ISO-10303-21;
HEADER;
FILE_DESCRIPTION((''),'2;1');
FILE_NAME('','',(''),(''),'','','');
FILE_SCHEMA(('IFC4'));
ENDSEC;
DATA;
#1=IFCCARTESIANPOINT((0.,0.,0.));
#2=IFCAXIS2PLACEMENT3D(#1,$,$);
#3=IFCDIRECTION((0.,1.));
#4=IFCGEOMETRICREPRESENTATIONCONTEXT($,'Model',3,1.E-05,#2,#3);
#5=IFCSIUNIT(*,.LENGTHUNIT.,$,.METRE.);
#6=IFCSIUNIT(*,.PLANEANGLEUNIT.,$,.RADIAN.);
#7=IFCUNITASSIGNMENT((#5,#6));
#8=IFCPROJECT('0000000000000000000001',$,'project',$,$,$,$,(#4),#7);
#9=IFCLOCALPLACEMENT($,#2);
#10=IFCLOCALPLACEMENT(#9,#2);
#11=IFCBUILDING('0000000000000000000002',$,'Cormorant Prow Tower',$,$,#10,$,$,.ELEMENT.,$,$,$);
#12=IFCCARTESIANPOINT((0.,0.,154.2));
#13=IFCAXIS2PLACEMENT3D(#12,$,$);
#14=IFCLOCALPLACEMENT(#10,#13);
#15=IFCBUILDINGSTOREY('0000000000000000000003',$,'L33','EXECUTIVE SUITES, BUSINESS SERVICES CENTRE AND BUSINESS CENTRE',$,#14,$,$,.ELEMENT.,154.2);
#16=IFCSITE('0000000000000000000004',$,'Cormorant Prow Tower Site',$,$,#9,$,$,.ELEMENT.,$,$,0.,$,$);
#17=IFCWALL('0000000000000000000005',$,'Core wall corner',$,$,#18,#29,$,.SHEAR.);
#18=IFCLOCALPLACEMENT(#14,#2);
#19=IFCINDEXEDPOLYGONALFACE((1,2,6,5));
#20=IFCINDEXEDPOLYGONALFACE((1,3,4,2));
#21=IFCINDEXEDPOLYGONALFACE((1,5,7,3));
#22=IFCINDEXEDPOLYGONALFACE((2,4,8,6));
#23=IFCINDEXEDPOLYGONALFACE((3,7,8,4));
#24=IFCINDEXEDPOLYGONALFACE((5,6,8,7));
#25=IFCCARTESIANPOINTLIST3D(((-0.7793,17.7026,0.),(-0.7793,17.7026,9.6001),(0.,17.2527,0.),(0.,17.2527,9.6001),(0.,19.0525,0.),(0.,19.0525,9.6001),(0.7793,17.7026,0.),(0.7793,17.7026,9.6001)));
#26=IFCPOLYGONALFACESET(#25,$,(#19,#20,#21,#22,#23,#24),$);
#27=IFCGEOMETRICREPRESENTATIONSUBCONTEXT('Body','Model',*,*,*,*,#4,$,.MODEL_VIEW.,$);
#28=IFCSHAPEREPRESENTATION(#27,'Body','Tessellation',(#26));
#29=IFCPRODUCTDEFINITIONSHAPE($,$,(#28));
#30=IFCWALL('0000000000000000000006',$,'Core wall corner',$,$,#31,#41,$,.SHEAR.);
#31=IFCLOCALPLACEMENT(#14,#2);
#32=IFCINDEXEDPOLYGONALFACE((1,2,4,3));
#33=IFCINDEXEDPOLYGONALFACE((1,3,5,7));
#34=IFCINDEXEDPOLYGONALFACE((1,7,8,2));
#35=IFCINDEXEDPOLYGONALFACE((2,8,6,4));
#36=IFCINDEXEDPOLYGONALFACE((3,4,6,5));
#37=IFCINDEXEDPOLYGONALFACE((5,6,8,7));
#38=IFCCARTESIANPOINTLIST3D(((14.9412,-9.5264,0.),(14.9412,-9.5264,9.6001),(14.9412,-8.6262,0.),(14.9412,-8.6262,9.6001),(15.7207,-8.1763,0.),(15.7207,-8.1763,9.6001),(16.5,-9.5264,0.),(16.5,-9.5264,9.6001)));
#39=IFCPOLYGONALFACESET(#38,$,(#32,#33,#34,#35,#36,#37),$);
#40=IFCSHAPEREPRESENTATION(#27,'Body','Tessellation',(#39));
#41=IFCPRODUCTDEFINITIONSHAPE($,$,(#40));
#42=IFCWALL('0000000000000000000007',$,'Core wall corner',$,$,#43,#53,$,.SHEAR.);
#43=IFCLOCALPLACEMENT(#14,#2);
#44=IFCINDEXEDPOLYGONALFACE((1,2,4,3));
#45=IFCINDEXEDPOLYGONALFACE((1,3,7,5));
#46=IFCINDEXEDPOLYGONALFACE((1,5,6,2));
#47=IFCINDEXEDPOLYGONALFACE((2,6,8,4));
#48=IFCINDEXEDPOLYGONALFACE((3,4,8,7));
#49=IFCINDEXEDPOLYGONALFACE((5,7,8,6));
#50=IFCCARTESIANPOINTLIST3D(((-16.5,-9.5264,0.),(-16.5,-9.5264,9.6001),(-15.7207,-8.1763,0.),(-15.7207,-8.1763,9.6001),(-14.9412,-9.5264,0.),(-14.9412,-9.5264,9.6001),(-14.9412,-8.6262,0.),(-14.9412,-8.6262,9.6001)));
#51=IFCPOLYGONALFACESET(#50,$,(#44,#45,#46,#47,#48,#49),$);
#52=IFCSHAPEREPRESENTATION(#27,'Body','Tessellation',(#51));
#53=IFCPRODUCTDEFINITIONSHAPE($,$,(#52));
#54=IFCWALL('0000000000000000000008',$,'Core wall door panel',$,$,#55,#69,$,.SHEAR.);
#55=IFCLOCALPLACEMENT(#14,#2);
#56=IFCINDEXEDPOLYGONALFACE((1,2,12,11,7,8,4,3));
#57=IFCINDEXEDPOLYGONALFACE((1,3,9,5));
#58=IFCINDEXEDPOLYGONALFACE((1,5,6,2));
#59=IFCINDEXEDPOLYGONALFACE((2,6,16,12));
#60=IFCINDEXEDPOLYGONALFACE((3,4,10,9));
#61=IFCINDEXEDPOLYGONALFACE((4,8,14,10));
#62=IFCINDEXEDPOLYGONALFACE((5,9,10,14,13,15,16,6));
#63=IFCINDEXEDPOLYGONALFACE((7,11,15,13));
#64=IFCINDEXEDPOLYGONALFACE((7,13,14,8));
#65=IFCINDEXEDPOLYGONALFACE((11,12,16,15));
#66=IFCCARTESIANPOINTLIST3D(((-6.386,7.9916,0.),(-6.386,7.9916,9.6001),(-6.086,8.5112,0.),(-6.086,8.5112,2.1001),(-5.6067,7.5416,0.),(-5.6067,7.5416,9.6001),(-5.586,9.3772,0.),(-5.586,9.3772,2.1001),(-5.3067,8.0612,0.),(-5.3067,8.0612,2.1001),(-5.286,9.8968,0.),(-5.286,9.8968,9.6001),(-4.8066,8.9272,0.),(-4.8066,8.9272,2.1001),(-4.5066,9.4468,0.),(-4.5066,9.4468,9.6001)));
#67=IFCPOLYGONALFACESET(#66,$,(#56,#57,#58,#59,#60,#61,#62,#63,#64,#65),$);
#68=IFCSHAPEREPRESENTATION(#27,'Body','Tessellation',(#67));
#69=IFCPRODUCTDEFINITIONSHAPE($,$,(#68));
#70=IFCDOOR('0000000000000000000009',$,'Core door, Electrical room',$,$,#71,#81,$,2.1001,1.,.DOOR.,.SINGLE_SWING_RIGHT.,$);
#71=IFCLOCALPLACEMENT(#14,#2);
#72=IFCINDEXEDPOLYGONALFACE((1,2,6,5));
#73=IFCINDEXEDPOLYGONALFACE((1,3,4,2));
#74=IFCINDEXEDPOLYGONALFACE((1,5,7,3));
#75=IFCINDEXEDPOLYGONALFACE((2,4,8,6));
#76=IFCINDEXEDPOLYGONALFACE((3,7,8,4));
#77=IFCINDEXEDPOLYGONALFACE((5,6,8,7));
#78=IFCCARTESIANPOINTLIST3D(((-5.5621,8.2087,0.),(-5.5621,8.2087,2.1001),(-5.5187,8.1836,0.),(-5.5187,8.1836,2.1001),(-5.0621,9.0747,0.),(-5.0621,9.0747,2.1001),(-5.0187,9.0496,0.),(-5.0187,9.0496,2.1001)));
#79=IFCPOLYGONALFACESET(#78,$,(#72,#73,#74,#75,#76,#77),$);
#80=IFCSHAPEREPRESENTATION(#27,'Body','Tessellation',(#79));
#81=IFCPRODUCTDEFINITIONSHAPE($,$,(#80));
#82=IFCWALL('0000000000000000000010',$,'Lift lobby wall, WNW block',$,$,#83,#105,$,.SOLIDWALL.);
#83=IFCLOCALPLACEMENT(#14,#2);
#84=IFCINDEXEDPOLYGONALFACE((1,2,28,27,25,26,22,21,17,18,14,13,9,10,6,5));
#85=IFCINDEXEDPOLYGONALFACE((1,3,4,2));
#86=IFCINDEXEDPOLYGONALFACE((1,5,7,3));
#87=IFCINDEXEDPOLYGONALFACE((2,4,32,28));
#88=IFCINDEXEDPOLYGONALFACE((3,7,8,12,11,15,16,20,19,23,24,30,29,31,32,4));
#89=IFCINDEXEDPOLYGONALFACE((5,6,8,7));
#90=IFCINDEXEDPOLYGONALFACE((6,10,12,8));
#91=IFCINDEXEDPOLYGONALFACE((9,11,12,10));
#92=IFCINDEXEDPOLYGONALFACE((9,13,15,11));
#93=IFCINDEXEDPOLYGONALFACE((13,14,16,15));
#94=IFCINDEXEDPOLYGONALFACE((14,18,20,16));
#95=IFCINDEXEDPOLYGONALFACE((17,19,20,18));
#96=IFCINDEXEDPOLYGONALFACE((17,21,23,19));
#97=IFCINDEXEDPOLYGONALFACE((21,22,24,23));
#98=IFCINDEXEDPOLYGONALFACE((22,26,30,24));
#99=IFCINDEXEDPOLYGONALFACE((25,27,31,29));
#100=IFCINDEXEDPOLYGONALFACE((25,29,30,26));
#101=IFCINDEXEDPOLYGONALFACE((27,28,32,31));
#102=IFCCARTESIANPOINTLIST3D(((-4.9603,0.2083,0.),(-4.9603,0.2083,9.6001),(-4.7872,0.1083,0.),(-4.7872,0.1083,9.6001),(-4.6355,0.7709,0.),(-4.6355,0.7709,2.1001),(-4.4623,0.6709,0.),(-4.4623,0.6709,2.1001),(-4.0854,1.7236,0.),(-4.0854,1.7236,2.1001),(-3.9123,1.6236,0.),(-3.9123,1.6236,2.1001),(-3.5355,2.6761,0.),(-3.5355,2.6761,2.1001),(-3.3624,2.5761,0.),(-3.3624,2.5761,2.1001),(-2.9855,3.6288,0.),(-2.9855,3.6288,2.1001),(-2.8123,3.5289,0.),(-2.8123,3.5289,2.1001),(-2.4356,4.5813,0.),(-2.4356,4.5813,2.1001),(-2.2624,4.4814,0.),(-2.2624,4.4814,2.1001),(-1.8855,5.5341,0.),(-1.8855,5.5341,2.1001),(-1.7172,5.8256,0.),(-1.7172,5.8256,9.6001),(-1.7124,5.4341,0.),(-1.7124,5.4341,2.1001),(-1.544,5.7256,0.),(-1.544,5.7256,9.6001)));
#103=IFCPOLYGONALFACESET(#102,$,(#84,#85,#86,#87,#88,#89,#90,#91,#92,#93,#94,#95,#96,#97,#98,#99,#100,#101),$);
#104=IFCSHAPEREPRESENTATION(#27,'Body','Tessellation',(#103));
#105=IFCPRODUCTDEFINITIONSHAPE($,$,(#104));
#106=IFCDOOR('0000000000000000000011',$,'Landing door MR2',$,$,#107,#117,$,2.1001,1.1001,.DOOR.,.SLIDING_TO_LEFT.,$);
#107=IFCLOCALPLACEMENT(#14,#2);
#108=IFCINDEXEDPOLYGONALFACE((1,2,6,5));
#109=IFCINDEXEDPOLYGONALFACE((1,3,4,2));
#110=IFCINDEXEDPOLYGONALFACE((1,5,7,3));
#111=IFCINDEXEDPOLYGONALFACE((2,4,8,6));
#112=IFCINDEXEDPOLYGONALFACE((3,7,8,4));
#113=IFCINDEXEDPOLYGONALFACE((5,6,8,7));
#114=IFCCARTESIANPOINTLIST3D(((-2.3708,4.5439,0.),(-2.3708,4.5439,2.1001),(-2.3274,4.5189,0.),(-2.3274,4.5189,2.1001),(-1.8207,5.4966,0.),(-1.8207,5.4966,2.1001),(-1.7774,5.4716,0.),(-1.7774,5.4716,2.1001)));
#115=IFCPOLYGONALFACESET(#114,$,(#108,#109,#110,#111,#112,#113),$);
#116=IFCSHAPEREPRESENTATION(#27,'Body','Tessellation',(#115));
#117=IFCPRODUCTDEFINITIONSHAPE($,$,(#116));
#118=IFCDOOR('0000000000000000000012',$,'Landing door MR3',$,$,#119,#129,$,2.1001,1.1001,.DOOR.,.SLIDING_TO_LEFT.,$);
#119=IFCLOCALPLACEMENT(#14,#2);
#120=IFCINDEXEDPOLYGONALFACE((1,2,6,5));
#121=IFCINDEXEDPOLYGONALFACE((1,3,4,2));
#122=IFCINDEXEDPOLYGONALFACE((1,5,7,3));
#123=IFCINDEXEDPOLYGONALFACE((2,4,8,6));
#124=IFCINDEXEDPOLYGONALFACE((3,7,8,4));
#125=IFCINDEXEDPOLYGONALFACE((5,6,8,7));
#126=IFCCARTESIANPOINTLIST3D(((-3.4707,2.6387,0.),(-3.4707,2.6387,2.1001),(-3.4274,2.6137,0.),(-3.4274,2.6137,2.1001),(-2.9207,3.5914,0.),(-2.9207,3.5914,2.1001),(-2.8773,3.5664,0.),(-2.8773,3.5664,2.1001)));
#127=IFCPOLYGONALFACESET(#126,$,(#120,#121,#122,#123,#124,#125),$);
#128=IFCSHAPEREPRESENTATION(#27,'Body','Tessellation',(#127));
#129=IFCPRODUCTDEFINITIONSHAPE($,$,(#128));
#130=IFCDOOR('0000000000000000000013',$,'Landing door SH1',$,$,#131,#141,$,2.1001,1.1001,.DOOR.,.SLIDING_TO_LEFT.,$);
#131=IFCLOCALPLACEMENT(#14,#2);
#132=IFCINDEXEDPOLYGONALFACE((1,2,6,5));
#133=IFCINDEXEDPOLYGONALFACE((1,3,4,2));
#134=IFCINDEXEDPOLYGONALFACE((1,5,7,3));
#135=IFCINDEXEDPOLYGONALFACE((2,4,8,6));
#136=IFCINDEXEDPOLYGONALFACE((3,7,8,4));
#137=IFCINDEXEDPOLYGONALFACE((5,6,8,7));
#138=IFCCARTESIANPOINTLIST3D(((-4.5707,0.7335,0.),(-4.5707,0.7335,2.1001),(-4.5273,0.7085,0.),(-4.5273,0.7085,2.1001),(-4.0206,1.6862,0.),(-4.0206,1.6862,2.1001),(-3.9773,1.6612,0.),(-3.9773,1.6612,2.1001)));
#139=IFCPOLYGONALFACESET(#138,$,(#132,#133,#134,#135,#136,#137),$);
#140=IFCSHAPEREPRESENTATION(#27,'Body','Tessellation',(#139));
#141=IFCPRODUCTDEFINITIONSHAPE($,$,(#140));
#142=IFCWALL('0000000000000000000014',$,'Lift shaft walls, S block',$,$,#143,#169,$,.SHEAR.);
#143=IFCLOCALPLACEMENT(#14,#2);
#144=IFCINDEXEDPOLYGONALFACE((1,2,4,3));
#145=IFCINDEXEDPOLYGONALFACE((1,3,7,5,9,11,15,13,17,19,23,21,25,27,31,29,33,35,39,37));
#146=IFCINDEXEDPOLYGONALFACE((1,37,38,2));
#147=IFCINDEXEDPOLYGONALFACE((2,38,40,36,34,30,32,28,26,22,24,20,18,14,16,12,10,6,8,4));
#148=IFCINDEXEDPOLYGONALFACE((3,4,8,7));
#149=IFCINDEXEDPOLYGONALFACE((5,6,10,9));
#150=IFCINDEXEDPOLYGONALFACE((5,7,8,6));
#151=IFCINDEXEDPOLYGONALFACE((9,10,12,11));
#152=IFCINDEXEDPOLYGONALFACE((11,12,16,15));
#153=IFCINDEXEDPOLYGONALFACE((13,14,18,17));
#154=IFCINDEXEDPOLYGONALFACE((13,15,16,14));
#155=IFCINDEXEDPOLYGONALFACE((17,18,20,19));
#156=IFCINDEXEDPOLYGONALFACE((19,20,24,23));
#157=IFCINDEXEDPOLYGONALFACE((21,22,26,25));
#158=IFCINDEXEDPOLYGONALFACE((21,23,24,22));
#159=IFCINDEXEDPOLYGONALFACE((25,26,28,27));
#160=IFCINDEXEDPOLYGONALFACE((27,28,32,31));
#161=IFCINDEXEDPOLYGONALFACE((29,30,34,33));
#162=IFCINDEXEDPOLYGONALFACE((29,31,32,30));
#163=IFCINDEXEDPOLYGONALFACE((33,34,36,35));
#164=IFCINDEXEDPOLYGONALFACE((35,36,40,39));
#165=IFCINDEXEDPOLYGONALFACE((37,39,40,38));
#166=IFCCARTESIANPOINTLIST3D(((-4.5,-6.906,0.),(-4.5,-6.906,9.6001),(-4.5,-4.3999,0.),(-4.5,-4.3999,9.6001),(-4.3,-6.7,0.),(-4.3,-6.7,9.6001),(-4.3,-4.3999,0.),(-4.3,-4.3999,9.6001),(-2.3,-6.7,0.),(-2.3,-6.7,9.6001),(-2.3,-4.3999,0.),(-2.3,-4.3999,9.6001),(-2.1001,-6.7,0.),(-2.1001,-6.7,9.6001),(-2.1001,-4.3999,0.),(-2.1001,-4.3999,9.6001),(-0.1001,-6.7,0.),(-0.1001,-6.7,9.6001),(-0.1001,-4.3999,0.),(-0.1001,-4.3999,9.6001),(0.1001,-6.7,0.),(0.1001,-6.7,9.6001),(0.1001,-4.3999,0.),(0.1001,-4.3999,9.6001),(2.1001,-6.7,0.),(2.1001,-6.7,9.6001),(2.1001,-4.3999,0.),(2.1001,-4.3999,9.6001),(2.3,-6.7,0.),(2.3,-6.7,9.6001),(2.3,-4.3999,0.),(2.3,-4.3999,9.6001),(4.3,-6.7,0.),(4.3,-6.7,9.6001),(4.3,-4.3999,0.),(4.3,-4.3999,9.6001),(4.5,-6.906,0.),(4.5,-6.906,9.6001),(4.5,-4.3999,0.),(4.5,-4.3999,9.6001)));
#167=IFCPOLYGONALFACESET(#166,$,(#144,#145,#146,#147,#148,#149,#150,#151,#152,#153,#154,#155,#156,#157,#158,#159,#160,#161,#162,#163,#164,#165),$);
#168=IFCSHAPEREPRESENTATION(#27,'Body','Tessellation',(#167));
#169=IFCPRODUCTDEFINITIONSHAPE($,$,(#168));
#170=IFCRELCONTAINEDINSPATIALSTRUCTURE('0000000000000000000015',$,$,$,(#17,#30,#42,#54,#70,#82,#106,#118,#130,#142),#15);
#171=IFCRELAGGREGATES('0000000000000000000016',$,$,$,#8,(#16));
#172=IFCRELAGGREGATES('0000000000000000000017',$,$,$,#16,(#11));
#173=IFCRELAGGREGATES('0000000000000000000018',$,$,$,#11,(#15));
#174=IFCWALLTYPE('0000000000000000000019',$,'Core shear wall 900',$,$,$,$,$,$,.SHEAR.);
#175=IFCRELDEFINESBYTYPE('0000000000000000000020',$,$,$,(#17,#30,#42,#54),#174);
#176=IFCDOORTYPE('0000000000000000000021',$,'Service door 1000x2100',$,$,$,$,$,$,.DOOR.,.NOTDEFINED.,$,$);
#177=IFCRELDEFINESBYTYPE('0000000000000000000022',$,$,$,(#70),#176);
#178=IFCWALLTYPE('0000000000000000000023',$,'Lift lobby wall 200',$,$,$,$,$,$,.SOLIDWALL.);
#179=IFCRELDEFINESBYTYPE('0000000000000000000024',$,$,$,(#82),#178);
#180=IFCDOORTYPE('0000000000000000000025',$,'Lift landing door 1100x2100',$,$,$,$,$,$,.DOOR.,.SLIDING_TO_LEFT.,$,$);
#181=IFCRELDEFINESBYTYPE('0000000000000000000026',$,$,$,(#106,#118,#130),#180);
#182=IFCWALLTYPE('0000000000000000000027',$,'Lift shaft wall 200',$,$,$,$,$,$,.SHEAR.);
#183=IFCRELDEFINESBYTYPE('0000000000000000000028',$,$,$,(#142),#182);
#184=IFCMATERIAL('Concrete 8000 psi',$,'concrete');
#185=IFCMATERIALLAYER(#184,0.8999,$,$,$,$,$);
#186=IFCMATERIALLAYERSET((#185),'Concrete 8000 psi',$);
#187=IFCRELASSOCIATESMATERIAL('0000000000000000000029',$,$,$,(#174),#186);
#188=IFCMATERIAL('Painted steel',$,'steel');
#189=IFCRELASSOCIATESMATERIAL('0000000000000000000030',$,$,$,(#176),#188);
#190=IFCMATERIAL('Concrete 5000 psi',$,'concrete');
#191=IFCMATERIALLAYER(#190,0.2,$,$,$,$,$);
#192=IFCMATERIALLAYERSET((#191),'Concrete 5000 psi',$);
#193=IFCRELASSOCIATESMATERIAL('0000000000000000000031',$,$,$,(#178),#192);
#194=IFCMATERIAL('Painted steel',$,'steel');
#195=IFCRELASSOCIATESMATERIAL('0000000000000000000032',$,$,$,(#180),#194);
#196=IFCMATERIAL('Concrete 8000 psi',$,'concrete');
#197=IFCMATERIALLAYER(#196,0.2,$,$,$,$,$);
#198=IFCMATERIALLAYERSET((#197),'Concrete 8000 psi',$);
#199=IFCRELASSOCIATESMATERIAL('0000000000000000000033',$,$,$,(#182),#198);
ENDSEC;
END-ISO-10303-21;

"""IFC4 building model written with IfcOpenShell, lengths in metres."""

from ifc_helpers import new_model, si_unit, direction, frame, frame_2d, origin, place, context, subcontext, project, spatial, polyline, rectangle, outline, extrude, material, layer, layer_set, type_object, element, fill, save


model = new_model("IFC4")

# Units and contexts
model_context = context("Model", 3, precision=1e-05, world=origin(), true_north=direction((0.0, 1.0)))
body_context = subcontext(model_context, "Body", "Model", "MODEL_VIEW")
ifc_project = project(units=[si_unit("LENGTHUNIT", "METRE"), si_unit("PLANEANGLEUNIT", "RADIAN")], contexts=[model_context])

# Site, building, storey
site_placement = place(None, origin())
site = spatial("IfcSite", under=ifc_project, at=site_placement, Name="Cormorant Prow Tower Site", CompositionType="ELEMENT", RefElevation=0.0)
building_placement = place(site_placement, origin())
building = spatial("IfcBuilding", under=site, at=building_placement, Name="Cormorant Prow Tower", CompositionType="ELEMENT")
storey_placement = place(building_placement, frame((0.0, 0.0, 154.2)))
storey = spatial("IfcBuildingStorey", under=building, at=storey_placement, Name="L33", Description="EXECUTIVE SUITES, BUSINESS SERVICES CENTRE AND BUSINESS CENTRE", CompositionType="ELEMENT", Elevation=154.2)

# Walls
ifc_material_1 = material(Name="Concrete 8000 psi", Category="concrete")
ifc_layer_1 = layer(ifc_material_1, 0.8999)
ifc_layer_set_1 = layer_set([ifc_layer_1], Name="Concrete 8000 psi")
wall_type_1 = type_object("IfcWallType", Name="Core shear wall 900", PredefinedType="SHEAR", material=ifc_layer_set_1)
wall_1_placement = place(storey_placement, origin())
element("IfcWall", 1, at=wall_1_placement, inside=storey, type_object=wall_type_1, Name="Core wall corner", PredefinedType="SHEAR", context=body_context, shape_type="SweptSolid", body=[
    extrude(outline(polyline([(-0.7793, 17.7026), (0.0, 19.0525), (0.7793, 17.7026), (0.0, 17.2527), (-0.7793, 17.7026)])), origin(), (0.0, 0.0, 1.0), 9.6001),
])
wall_2_placement = place(storey_placement, origin())
element("IfcWall", 2, at=wall_2_placement, inside=storey, type_object=wall_type_1, Name="Core wall corner", PredefinedType="SHEAR", context=body_context, shape_type="SweptSolid", body=[
    extrude(outline(polyline([(14.9412, -8.6262), (15.7207, -8.1763), (16.5, -9.5264), (14.9412, -9.5264), (14.9412, -8.6262)])), origin(), (0.0, 0.0, 1.0), 9.6001),
])
wall_3_placement = place(storey_placement, origin())
element("IfcWall", 3, at=wall_3_placement, inside=storey, type_object=wall_type_1, Name="Core wall corner", PredefinedType="SHEAR", context=body_context, shape_type="SweptSolid", body=[
    extrude(outline(polyline([(-14.9412, -8.6262), (-14.9412, -9.5264), (-16.5, -9.5264), (-15.7207, -8.1763), (-14.9412, -8.6262)])), origin(), (0.0, 0.0, 1.0), 9.6001),
])

# Wall, opening, door
wall_4_placement = place(storey_placement, frame((-4.8962, 9.6719, 0.0), z_axis=(0.0, 0.0, 1.0), x_axis=(-0.50003, -0.866008, 0.0)))
wall_4 = element("IfcWall", 4, at=wall_4_placement, inside=storey, type_object=wall_type_1, Name="Core wall door panel", PredefinedType="SHEAR", context=body_context, shape_type="SweptSolid", body=[
    extrude(rectangle(XDim=2.2, YDim=0.8999, at=frame_2d((1.1001, 0.0))), origin(), (0.0, 0.0, 1.0), 9.6001),
])
opening_1_placement = place(wall_4_placement, frame((0.6001, 0.0, 0.0)))
opening_1 = element("IfcOpeningElement", 5, at=opening_1_placement, cuts=wall_4, PredefinedType="OPENING", context=body_context, shape_type="SweptSolid", body=[
    extrude(rectangle(XDim=1.0, YDim=2.1001, at=frame_2d((0.5, 1.05))), frame((0.0, 0.46, 0.0), z_axis=(0.0, -1.0, 0.0), x_axis=(1.0, 0.0, 0.0)), (0.0, 0.0, 1.0), 0.9199),
])
ifc_material_2 = material(Name="Painted steel", Category="steel")
door_type_1 = type_object("IfcDoorType", Name="Service door 1000x2100", OperationType="NOTDEFINED", PredefinedType="DOOR", material=ifc_material_2)
door_1_placement = place(opening_1_placement, origin())
door_1 = element("IfcDoor", 6, at=door_1_placement, inside=storey, type_object=door_type_1, Name="Core door, Electrical room", OperationType="SINGLE_SWING_RIGHT", OverallHeight=2.1001, OverallWidth=1.0, PredefinedType="DOOR", context=body_context, shape_type="SweptSolid", body=[
    extrude(rectangle(XDim=1.0, YDim=2.1001, at=frame_2d((0.5, 1.05))), frame((0.0, 0.2051, 0.0), z_axis=(0.0, -1.0, 0.0), x_axis=(1.0, 0.0, 0.0)), (0.0, 0.0, 1.0), 0.05),
])
fill(opening_1, door_1)

# Wall, openings, doors
ifc_material_3 = material(Name="Concrete 5000 psi", Category="concrete")
ifc_layer_2 = layer(ifc_material_3, 0.2)
ifc_layer_set_2 = layer_set([ifc_layer_2], Name="Concrete 5000 psi")
wall_type_2 = type_object("IfcWallType", Name="Lift lobby wall 200", PredefinedType="SOLIDWALL", material=ifc_layer_set_2)
wall_5_placement = place(storey_placement, frame((-1.6306, 5.7756, 0.0), z_axis=(0.0, 0.0, 1.0), x_axis=(-0.499993, -0.86603, 0.0)))
wall_5 = element("IfcWall", 7, at=wall_5_placement, inside=storey, type_object=wall_type_2, Name="Lift lobby wall, WNW block", PredefinedType="SOLIDWALL", context=body_context, shape_type="SweptSolid", body=[
    extrude(rectangle(XDim=6.4863, YDim=0.2, at=frame_2d((3.2432, 0.0))), origin(), (0.0, 0.0, 1.0), 9.6001),
])
opening_2_placement = place(wall_5_placement, frame((0.3367, 0.0, 0.0)))
opening_2 = element("IfcOpeningElement", 8, at=opening_2_placement, cuts=wall_5, PredefinedType="OPENING", context=body_context, shape_type="SweptSolid", body=[
    extrude(rectangle(XDim=1.1001, YDim=2.1001, at=frame_2d((0.55, 1.05))), frame((0.0, 0.1099, 0.0), z_axis=(0.0, -1.0, 0.0), x_axis=(1.0, 0.0, 0.0)), (0.0, 0.0, 1.0), 0.22),
])
opening_3_placement = place(wall_5_placement, frame((2.5366, 0.0, 0.0)))
opening_3 = element("IfcOpeningElement", 9, at=opening_3_placement, cuts=wall_5, PredefinedType="OPENING", context=body_context, shape_type="SweptSolid", body=[
    extrude(rectangle(XDim=1.1001, YDim=2.1001, at=frame_2d((0.55, 1.05))), frame((0.0, 0.1099, 0.0), z_axis=(0.0, -1.0, 0.0), x_axis=(1.0, 0.0, 0.0)), (0.0, 0.0, 1.0), 0.22),
])
opening_4_placement = place(wall_5_placement, frame((4.7366, 0.0, 0.0)))
opening_4 = element("IfcOpeningElement", 10, at=opening_4_placement, cuts=wall_5, PredefinedType="OPENING", context=body_context, shape_type="SweptSolid", body=[
    extrude(rectangle(XDim=1.1001, YDim=2.1001, at=frame_2d((0.55, 1.05))), frame((0.0, 0.1099, 0.0), z_axis=(0.0, -1.0, 0.0), x_axis=(1.0, 0.0, 0.0)), (0.0, 0.0, 1.0), 0.22),
])
ifc_material_4 = material(Name="Painted steel", Category="steel")
door_type_2 = type_object("IfcDoorType", Name="Lift landing door 1100x2100", OperationType="SLIDING_TO_LEFT", PredefinedType="DOOR", material=ifc_material_4)
door_2_placement = place(opening_2_placement, origin())
door_2 = element("IfcDoor", 11, at=door_2_placement, inside=storey, type_object=door_type_2, Name="Landing door MR2", OperationType="SLIDING_TO_LEFT", OverallHeight=2.1001, OverallWidth=1.1001, PredefinedType="DOOR", context=body_context, shape_type="SweptSolid", body=[
    extrude(rectangle(XDim=1.1001, YDim=2.1001, at=frame_2d((0.55, 1.05))), frame((0.0, 0.0249, 0.0), z_axis=(0.0, -1.0, 0.0), x_axis=(1.0, 0.0, 0.0)), (0.0, 0.0, 1.0), 0.05),
])
fill(opening_2, door_2)
door_3_placement = place(opening_3_placement, origin())
door_3 = element("IfcDoor", 12, at=door_3_placement, inside=storey, type_object=door_type_2, Name="Landing door MR3", OperationType="SLIDING_TO_LEFT", OverallHeight=2.1001, OverallWidth=1.1001, PredefinedType="DOOR", context=body_context, shape_type="SweptSolid", body=[
    extrude(rectangle(XDim=1.1001, YDim=2.1001, at=frame_2d((0.55, 1.05))), frame((0.0, 0.0249, 0.0), z_axis=(0.0, -1.0, 0.0), x_axis=(1.0, 0.0, 0.0)), (0.0, 0.0, 1.0), 0.05),
])
fill(opening_3, door_3)
door_4_placement = place(opening_4_placement, origin())
door_4 = element("IfcDoor", 13, at=door_4_placement, inside=storey, type_object=door_type_2, Name="Landing door SH1", OperationType="SLIDING_TO_LEFT", OverallHeight=2.1001, OverallWidth=1.1001, PredefinedType="DOOR", context=body_context, shape_type="SweptSolid", body=[
    extrude(rectangle(XDim=1.1001, YDim=2.1001, at=frame_2d((0.55, 1.05))), frame((0.0, 0.0249, 0.0), z_axis=(0.0, -1.0, 0.0), x_axis=(1.0, 0.0, 0.0)), (0.0, 0.0, 1.0), 0.05),
])
fill(opening_4, door_4)

# Wall
ifc_material_5 = material(Name="Concrete 8000 psi", Category="concrete")
ifc_layer_3 = layer(ifc_material_5, 0.2)
ifc_layer_set_3 = layer_set([ifc_layer_3], Name="Concrete 8000 psi")
wall_type_3 = type_object("IfcWallType", Name="Lift shaft wall 200", PredefinedType="SHEAR", material=ifc_layer_set_3)
wall_6_placement = place(storey_placement, origin())
element("IfcWall", 14, at=wall_6_placement, inside=storey, type_object=wall_type_3, Name="Lift shaft walls, S block", PredefinedType="SHEAR", context=body_context, shape_type="SweptSolid", body=[
    extrude(outline(polyline([(4.5, -4.3999), (4.5, -6.906), (-4.5, -6.906), (-4.5, -4.3999), (-4.3, -4.3999), (-4.3, -6.7), (-2.3, -6.7), (-2.3, -4.3999), (-2.1001, -4.3999), (-2.1001, -6.7), (-0.1001, -6.7), (-0.1001, -4.3999), (0.1001, -4.3999), (0.1001, -6.7), (2.1001, -6.7), (2.1001, -4.3999), (2.3, -4.3999), (2.3, -6.7), (4.3, -6.7), (4.3, -4.3999), (4.5, -4.3999)])), origin(), (0.0, 0.0, 1.0), 9.6001),
])

save(model, "model.ifc")
